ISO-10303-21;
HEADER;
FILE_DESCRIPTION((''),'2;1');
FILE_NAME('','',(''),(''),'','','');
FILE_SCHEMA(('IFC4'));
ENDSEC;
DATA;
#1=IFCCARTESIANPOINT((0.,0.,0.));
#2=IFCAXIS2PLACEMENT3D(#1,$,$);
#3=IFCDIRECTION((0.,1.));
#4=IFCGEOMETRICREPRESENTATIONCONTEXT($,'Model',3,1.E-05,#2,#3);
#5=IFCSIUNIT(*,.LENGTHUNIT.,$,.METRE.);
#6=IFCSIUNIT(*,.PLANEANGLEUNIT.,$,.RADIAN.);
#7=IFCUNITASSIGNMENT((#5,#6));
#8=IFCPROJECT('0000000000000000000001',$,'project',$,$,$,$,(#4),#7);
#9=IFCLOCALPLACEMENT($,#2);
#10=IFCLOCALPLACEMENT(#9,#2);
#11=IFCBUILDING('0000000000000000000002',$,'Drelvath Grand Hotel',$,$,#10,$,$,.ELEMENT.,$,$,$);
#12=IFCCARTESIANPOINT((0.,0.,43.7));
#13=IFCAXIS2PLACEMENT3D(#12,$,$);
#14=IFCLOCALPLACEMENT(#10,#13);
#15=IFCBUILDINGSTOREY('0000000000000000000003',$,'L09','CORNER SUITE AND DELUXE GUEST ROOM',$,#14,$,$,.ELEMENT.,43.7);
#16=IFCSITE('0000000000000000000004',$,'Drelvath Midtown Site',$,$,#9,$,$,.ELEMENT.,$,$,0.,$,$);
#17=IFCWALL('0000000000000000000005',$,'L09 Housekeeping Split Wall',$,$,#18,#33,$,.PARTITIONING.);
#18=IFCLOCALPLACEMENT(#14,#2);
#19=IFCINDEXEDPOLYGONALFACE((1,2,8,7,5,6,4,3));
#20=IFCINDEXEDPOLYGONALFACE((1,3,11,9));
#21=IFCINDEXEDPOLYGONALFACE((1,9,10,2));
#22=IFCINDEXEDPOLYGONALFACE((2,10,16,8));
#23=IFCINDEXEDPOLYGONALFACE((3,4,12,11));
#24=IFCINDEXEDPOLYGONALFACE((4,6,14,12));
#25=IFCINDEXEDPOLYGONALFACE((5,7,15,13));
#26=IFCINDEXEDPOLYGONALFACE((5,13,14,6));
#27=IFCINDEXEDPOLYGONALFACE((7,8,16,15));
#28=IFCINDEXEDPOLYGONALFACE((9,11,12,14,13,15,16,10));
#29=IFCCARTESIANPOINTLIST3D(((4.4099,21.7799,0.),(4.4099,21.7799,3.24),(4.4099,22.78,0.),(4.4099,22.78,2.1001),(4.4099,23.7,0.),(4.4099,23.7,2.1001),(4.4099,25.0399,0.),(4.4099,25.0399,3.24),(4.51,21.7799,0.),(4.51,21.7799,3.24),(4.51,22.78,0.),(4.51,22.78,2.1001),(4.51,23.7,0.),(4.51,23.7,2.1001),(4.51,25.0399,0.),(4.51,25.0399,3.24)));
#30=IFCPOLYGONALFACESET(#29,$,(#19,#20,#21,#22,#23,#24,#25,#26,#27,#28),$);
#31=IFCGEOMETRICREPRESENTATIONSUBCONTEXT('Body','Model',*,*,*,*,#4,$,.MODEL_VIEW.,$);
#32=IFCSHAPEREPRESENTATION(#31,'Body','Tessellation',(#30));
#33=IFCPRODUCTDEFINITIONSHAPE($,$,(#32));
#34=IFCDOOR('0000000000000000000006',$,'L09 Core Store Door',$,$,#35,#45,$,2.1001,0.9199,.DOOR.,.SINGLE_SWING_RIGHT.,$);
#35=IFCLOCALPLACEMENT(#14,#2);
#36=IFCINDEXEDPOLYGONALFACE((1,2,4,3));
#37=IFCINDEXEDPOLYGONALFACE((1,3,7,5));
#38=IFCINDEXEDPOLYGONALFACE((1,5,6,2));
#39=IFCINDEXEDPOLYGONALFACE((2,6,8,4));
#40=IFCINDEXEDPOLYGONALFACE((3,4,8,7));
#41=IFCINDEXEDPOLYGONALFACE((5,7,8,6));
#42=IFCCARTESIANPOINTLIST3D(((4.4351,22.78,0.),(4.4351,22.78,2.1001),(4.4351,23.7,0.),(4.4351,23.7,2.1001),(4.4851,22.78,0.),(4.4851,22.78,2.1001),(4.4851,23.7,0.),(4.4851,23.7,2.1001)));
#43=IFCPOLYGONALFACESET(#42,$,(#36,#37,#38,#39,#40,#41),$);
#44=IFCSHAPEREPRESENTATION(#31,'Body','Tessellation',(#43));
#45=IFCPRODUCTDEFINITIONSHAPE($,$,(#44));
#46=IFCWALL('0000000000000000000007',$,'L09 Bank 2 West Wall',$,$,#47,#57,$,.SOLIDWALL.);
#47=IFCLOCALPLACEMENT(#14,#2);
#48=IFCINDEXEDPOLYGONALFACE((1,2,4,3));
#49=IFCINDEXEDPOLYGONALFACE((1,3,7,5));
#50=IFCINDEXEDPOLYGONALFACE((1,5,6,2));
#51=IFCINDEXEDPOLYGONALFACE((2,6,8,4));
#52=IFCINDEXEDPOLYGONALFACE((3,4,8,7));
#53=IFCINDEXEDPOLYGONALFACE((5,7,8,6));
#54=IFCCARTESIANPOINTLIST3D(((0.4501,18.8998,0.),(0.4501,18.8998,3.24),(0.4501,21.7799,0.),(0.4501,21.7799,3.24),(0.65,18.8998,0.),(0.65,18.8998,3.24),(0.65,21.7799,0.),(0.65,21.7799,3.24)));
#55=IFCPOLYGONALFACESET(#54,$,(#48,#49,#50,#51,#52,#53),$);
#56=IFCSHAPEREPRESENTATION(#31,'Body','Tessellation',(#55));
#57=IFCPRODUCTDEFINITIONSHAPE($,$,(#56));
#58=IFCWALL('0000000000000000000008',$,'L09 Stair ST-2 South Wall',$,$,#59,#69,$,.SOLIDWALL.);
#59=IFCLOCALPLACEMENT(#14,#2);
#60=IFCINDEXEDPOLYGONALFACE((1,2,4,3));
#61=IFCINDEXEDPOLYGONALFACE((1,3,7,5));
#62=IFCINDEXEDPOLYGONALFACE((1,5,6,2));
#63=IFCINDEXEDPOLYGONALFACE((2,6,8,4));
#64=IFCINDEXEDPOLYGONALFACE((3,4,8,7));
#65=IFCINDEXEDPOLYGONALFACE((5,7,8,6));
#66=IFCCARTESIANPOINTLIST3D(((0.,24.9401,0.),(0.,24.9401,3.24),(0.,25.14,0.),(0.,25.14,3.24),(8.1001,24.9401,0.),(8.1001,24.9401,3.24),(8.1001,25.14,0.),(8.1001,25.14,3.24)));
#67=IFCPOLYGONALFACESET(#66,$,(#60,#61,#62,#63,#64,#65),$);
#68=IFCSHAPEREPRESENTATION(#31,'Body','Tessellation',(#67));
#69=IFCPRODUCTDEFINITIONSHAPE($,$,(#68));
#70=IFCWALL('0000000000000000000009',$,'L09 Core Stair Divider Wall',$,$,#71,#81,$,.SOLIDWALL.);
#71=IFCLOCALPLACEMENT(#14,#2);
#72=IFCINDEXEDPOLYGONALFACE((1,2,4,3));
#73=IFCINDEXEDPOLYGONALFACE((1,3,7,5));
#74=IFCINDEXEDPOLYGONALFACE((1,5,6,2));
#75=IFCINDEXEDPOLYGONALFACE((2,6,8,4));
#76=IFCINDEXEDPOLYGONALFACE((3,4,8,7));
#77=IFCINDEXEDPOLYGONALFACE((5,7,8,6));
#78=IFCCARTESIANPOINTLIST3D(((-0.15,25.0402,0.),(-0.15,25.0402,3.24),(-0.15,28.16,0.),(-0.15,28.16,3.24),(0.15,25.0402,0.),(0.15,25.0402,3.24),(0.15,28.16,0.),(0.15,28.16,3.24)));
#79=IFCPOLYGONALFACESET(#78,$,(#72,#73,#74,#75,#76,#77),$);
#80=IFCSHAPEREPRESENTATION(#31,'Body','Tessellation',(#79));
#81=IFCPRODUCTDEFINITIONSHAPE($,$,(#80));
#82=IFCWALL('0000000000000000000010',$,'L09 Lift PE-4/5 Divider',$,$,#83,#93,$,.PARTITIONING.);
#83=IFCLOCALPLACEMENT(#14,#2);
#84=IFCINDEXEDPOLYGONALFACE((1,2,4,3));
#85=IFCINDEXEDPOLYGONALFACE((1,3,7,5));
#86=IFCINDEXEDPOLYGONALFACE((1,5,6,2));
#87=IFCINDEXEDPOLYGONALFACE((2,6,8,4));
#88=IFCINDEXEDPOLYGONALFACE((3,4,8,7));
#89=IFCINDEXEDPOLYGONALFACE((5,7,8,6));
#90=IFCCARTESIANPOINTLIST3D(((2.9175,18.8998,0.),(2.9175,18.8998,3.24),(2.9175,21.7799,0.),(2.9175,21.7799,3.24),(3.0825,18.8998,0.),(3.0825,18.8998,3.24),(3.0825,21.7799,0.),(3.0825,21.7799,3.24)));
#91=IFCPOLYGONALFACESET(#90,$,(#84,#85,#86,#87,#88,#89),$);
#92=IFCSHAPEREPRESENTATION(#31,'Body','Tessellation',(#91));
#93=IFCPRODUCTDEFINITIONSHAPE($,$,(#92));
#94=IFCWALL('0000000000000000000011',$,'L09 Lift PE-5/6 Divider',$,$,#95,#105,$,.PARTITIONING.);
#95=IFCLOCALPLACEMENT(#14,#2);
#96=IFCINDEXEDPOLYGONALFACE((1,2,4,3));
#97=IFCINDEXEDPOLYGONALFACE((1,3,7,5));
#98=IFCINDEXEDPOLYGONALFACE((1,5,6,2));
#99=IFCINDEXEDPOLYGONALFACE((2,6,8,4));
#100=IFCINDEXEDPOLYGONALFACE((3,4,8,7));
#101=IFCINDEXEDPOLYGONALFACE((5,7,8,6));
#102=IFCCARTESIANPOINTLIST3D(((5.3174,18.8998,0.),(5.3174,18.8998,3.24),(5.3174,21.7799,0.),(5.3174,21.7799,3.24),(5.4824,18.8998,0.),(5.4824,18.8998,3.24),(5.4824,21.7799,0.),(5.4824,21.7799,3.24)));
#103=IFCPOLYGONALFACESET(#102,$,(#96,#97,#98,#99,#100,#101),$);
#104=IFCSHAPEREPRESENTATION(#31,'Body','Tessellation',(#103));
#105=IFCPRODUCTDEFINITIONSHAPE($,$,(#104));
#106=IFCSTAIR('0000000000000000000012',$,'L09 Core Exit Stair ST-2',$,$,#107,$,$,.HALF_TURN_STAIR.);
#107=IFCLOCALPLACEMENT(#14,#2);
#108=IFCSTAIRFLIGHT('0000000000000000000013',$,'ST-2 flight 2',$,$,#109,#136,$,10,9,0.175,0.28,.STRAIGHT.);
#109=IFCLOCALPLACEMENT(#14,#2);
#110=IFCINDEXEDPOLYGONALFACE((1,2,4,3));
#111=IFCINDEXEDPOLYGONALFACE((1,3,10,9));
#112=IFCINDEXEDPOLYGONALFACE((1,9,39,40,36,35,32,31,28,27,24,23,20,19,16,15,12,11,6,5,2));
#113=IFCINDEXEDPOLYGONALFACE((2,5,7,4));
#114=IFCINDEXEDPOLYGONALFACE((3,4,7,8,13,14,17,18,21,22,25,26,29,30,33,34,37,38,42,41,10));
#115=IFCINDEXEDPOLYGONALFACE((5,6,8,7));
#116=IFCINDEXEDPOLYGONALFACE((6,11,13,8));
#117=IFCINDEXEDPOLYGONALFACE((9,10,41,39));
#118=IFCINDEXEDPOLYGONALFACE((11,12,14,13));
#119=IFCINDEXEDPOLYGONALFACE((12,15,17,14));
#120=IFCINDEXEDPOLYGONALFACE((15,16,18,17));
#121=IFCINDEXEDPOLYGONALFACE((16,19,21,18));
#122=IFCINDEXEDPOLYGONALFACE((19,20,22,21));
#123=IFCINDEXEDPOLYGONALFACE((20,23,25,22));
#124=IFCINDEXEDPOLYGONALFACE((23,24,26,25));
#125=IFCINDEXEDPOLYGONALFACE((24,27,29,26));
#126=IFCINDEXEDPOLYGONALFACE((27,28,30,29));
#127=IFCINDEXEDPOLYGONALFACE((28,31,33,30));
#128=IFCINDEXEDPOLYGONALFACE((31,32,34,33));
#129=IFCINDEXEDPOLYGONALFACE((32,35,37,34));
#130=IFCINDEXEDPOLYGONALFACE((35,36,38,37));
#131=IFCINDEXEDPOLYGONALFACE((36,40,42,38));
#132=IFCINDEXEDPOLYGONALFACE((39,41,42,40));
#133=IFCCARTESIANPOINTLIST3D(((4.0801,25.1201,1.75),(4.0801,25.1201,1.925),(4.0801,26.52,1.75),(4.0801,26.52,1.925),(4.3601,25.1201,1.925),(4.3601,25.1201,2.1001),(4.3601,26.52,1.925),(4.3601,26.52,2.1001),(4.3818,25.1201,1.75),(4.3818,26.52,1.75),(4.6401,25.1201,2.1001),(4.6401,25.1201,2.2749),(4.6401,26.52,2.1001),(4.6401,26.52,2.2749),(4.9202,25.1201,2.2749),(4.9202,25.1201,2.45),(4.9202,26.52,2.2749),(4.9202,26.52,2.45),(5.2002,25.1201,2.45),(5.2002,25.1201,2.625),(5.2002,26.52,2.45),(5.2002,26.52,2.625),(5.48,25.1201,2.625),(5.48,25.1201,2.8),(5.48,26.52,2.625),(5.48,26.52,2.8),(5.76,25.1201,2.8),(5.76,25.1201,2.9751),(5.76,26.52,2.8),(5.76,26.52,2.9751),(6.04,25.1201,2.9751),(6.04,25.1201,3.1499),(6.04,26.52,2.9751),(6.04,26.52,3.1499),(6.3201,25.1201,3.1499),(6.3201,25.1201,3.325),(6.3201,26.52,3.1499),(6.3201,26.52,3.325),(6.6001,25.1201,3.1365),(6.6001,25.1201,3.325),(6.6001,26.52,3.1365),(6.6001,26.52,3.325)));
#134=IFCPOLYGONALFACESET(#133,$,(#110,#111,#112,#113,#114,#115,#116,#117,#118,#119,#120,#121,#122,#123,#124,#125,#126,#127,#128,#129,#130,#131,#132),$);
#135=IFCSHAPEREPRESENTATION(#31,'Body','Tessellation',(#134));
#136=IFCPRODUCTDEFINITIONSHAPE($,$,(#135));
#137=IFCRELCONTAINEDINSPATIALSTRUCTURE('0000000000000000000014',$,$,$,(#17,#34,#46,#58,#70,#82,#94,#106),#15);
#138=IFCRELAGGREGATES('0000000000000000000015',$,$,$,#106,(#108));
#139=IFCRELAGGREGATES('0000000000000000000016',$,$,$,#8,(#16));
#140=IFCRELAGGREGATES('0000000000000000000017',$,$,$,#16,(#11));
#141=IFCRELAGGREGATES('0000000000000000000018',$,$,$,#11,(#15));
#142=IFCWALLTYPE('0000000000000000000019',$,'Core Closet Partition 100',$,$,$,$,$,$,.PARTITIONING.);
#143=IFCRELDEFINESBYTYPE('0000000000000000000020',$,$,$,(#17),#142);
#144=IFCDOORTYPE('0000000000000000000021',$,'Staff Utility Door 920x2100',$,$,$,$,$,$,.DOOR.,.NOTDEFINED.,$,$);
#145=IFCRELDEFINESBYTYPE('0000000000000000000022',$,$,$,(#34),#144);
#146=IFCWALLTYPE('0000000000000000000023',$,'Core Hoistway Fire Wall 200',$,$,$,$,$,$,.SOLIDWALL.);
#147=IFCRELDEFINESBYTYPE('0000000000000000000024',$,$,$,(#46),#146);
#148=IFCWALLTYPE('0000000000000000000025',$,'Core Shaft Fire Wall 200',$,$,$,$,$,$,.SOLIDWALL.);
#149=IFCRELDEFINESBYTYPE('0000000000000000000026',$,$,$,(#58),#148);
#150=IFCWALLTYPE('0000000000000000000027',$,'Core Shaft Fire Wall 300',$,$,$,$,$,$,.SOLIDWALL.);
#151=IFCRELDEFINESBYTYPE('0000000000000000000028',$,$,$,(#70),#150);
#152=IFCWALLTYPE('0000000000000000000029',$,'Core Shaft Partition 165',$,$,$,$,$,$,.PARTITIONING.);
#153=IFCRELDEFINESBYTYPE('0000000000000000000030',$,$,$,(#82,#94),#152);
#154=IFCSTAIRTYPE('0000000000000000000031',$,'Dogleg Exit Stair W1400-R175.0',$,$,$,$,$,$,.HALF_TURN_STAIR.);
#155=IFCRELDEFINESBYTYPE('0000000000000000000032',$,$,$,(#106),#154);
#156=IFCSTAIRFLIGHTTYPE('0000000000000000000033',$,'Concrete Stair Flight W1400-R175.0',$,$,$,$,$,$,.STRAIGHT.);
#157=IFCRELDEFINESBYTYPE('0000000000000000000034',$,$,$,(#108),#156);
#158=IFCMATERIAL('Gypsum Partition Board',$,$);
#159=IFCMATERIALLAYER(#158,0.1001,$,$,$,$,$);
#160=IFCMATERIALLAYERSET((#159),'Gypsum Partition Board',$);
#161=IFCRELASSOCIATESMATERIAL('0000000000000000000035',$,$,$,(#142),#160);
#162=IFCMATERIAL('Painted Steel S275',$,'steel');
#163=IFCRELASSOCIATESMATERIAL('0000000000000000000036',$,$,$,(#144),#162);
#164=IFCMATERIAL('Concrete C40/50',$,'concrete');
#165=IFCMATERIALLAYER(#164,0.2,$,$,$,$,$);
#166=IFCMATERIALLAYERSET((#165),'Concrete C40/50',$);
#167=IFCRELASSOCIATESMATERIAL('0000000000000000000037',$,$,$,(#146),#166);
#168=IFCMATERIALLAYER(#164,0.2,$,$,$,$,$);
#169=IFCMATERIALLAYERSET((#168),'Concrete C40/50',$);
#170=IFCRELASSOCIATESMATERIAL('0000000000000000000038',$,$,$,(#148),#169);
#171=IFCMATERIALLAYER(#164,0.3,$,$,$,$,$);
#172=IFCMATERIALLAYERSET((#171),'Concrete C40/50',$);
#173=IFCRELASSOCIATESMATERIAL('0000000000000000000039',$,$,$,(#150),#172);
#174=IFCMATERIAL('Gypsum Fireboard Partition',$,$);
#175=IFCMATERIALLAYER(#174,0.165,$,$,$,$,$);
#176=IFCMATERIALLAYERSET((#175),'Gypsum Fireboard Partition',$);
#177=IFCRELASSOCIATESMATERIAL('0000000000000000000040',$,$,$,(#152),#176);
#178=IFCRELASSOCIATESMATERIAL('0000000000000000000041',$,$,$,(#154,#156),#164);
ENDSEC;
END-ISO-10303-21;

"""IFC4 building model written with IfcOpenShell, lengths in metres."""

from ifc_helpers import new_model, si_unit, direction, frame, frame_2d, origin, place, context, subcontext, project, spatial, polyline, rectangle, outline, extrude, material, layer, layer_set, type_object, element, fill, aggregate, save


model = new_model("IFC4")

# Units and contexts
model_context = context("Model", 3, precision=1e-05, world=origin(), true_north=direction((0.0, 1.0)))
body_context = subcontext(model_context, "Body", "Model", "MODEL_VIEW")
ifc_project = project(units=[si_unit("LENGTHUNIT", "METRE"), si_unit("PLANEANGLEUNIT", "RADIAN")], contexts=[model_context])

# Site, building, storey
site_placement = place(None, origin())
site = spatial("IfcSite", under=ifc_project, at=site_placement, Name="Drelvath Midtown Site", CompositionType="ELEMENT", RefElevation=0.0)
building_placement = place(site_placement, origin())
building = spatial("IfcBuilding", under=site, at=building_placement, Name="Drelvath Grand Hotel", CompositionType="ELEMENT")
storey_placement = place(building_placement, frame((0.0, 0.0, 43.7)))
storey = spatial("IfcBuildingStorey", under=building, at=storey_placement, Name="L09", Description="CORNER SUITE AND DELUXE GUEST ROOM", CompositionType="ELEMENT", Elevation=43.7)

# Wall, opening, door
ifc_material_1 = material(Name="Gypsum Partition Board")
ifc_layer_1 = layer(ifc_material_1, 0.1001)
ifc_layer_set_1 = layer_set([ifc_layer_1], Name="Gypsum Partition Board")
wall_type_1 = type_object("IfcWallType", Name="Core Closet Partition 100", PredefinedType="PARTITIONING", material=ifc_layer_set_1)
wall_1_placement = place(storey_placement, frame((4.46, 21.78, 0.0), z_axis=(0.0, 0.0, 1.0), x_axis=(0.0, 1.0, 0.0)))
wall_1 = element("IfcWall", 1, at=wall_1_placement, inside=storey, type_object=wall_type_1, Name="L09 Housekeeping Split Wall", PredefinedType="PARTITIONING", context=body_context, shape_type="SweptSolid", body=[
    extrude(rectangle(XDim=3.26, YDim=0.1001, at=frame_2d((1.6299, 0.0))), origin(), (0.0, 0.0, 1.0), 3.24),
])
opening_placement = place(wall_1_placement, frame((1.0, 0.0, 0.0)))
opening = element("IfcOpeningElement", 2, at=opening_placement, cuts=wall_1, PredefinedType="OPENING", context=body_context, shape_type="SweptSolid", body=[
    extrude(rectangle(XDim=0.9199, YDim=2.1001, at=frame_2d((0.46, 1.05))), frame((0.0, 0.0601, 0.0), z_axis=(0.0, -1.0, 0.0), x_axis=(1.0, 0.0, 0.0)), (0.0, 0.0, 1.0), 0.1201),
])
ifc_material_2 = material(Name="Painted Steel S275", Category="steel")
door_type = type_object("IfcDoorType", Name="Staff Utility Door 920x2100", OperationType="NOTDEFINED", PredefinedType="DOOR", material=ifc_material_2)
door_placement = place(opening_placement, origin())
door = element("IfcDoor", 3, at=door_placement, inside=storey, type_object=door_type, Name="L09 Core Store Door", OperationType="SINGLE_SWING_RIGHT", OverallHeight=2.1001, OverallWidth=0.9199, PredefinedType="DOOR", context=body_context, shape_type="SweptSolid", body=[
    extrude(rectangle(XDim=0.9199, YDim=2.1001, at=frame_2d((0.46, 1.05))), frame((0.0, 0.0249, 0.0), z_axis=(0.0, -1.0, 0.0), x_axis=(1.0, 0.0, 0.0)), (0.0, 0.0, 1.0), 0.05),
])
fill(opening, door)

# Walls
ifc_material_3 = material(Name="Concrete C40/50", Category="concrete")
ifc_layer_2 = layer(ifc_material_3, 0.2)
ifc_layer_set_2 = layer_set([ifc_layer_2], Name="Concrete C40/50")
wall_type_2 = type_object("IfcWallType", Name="Core Hoistway Fire Wall 200", PredefinedType="SOLIDWALL", material=ifc_layer_set_2)
wall_2_placement = place(storey_placement, frame((0.55, 18.8999, 0.0), z_axis=(0.0, 0.0, 1.0), x_axis=(0.0, 1.0, 0.0)))
element("IfcWall", 4, at=wall_2_placement, inside=storey, type_object=wall_type_2, Name="L09 Bank 2 West Wall", PredefinedType="SOLIDWALL", context=body_context, shape_type="SweptSolid", body=[
    extrude(rectangle(XDim=2.8801, YDim=0.2, at=frame_2d((1.4399, 0.0))), origin(), (0.0, 0.0, 1.0), 3.24),
])
ifc_layer_3 = layer(ifc_material_3, 0.2)
ifc_layer_set_3 = layer_set([ifc_layer_3], Name="Concrete C40/50")
wall_type_3 = type_object("IfcWallType", Name="Core Shaft Fire Wall 200", PredefinedType="SOLIDWALL", material=ifc_layer_set_3)
wall_3_placement = place(storey_placement, frame((0.0, 25.04, 0.0), z_axis=(0.0, 0.0, 1.0), x_axis=(1.0, 0.0, 0.0)))
element("IfcWall", 5, at=wall_3_placement, inside=storey, type_object=wall_type_3, Name="L09 Stair ST-2 South Wall", PredefinedType="SOLIDWALL", context=body_context, shape_type="SweptSolid", body=[
    extrude(rectangle(XDim=8.1001, YDim=0.2, at=frame_2d((4.05, 0.0))), origin(), (0.0, 0.0, 1.0), 3.24),
])
ifc_layer_4 = layer(ifc_material_3, 0.3)
ifc_layer_set_4 = layer_set([ifc_layer_4], Name="Concrete C40/50")
wall_type_4 = type_object("IfcWallType", Name="Core Shaft Fire Wall 300", PredefinedType="SOLIDWALL", material=ifc_layer_set_4)
wall_4_placement = place(storey_placement, frame((0.0, 25.04, 0.0), z_axis=(0.0, 0.0, 1.0), x_axis=(0.0, 1.0, 0.0)))
element("IfcWall", 6, at=wall_4_placement, inside=storey, type_object=wall_type_4, Name="L09 Core Stair Divider Wall", PredefinedType="SOLIDWALL", context=body_context, shape_type="SweptSolid", body=[
    extrude(rectangle(XDim=3.1199, YDim=0.3, at=frame_2d((1.5601, 0.0))), origin(), (0.0, 0.0, 1.0), 3.24),
])
ifc_material_4 = material(Name="Gypsum Fireboard Partition")
ifc_layer_5 = layer(ifc_material_4, 0.165)
ifc_layer_set_5 = layer_set([ifc_layer_5], Name="Gypsum Fireboard Partition")
wall_type_5 = type_object("IfcWallType", Name="Core Shaft Partition 165", PredefinedType="PARTITIONING", material=ifc_layer_set_5)
for number, where, z_axis, x_axis, name in (
    (7, (3.0, 18.8999, 0.0), (0.0, 0.0, 1.0), (0.0, 1.0, 0.0), "L09 Lift PE-4/5 Divider"),
    (8, (5.3999, 18.8999, 0.0), (0.0, 0.0, 1.0), (0.0, 1.0, 0.0), "L09 Lift PE-5/6 Divider"),
):
    element("IfcWall", number, at=place(storey_placement, frame(where, z_axis=z_axis, x_axis=x_axis)), inside=storey, type_object=wall_type_5, Name=name, PredefinedType="PARTITIONING", context=body_context, shape_type="SweptSolid", body=[
        extrude(rectangle(XDim=2.8801, YDim=0.165, at=frame_2d((1.4399, 0.0))), origin(), (0.0, 0.0, 1.0), 3.24),
    ])

# Stair, stair flight
stair_type = type_object("IfcStairType", Name="Dogleg Exit Stair W1400-R175.0", PredefinedType="HALF_TURN_STAIR", material=ifc_material_3)
stair_placement = place(storey_placement, origin())
stair = element("IfcStair", 9, at=stair_placement, inside=storey, type_object=stair_type, Name="L09 Core Exit Stair ST-2", PredefinedType="HALF_TURN_STAIR")
stair_flight_type = type_object("IfcStairFlightType", Name="Concrete Stair Flight W1400-R175.0", PredefinedType="STRAIGHT", material=ifc_material_3)
stair_flight_placement = place(storey_placement, frame((4.0801, 25.8201, 1.75), z_axis=(0.0, 0.0, 1.0), x_axis=(1.0, 0.0, 0.0)))
stair_flight = element("IfcStairFlight", 10, at=stair_flight_placement, type_object=stair_flight_type, Name="ST-2 flight 2", NumberOfRisers=10, NumberOfTreads=9, PredefinedType="STRAIGHT", RiserHeight=0.175, TreadLength=0.28, context=body_context, shape_type="SweptSolid", body=[
    extrude(outline(polyline([(0.0, 0.0), (0.0, 0.175), (0.28, 0.175), (0.28, 0.3501), (0.5601, 0.3501), (0.5601, 0.5249), (0.8401, 0.5249), (0.8401, 0.7), (1.1201, 0.7), (1.1201, 0.875), (1.3999, 0.875), (1.3999, 1.05), (1.6799, 1.05), (1.6799, 1.2251), (1.96, 1.2251), (1.96, 1.3999), (2.24, 1.3999), (2.24, 1.575), (2.52, 1.575), (2.52, 1.75), (2.52, 1.3865), (0.3018, 0.0), (0.0, 0.0)])), frame((0.0, 0.7, 0.0), z_axis=(0.0, -1.0, 0.0), x_axis=(1.0, 0.0, 0.0)), (0.0, 0.0, 1.0), 1.3999),
])
aggregate(stair, [stair_flight])

save(model, "model.ifc")
